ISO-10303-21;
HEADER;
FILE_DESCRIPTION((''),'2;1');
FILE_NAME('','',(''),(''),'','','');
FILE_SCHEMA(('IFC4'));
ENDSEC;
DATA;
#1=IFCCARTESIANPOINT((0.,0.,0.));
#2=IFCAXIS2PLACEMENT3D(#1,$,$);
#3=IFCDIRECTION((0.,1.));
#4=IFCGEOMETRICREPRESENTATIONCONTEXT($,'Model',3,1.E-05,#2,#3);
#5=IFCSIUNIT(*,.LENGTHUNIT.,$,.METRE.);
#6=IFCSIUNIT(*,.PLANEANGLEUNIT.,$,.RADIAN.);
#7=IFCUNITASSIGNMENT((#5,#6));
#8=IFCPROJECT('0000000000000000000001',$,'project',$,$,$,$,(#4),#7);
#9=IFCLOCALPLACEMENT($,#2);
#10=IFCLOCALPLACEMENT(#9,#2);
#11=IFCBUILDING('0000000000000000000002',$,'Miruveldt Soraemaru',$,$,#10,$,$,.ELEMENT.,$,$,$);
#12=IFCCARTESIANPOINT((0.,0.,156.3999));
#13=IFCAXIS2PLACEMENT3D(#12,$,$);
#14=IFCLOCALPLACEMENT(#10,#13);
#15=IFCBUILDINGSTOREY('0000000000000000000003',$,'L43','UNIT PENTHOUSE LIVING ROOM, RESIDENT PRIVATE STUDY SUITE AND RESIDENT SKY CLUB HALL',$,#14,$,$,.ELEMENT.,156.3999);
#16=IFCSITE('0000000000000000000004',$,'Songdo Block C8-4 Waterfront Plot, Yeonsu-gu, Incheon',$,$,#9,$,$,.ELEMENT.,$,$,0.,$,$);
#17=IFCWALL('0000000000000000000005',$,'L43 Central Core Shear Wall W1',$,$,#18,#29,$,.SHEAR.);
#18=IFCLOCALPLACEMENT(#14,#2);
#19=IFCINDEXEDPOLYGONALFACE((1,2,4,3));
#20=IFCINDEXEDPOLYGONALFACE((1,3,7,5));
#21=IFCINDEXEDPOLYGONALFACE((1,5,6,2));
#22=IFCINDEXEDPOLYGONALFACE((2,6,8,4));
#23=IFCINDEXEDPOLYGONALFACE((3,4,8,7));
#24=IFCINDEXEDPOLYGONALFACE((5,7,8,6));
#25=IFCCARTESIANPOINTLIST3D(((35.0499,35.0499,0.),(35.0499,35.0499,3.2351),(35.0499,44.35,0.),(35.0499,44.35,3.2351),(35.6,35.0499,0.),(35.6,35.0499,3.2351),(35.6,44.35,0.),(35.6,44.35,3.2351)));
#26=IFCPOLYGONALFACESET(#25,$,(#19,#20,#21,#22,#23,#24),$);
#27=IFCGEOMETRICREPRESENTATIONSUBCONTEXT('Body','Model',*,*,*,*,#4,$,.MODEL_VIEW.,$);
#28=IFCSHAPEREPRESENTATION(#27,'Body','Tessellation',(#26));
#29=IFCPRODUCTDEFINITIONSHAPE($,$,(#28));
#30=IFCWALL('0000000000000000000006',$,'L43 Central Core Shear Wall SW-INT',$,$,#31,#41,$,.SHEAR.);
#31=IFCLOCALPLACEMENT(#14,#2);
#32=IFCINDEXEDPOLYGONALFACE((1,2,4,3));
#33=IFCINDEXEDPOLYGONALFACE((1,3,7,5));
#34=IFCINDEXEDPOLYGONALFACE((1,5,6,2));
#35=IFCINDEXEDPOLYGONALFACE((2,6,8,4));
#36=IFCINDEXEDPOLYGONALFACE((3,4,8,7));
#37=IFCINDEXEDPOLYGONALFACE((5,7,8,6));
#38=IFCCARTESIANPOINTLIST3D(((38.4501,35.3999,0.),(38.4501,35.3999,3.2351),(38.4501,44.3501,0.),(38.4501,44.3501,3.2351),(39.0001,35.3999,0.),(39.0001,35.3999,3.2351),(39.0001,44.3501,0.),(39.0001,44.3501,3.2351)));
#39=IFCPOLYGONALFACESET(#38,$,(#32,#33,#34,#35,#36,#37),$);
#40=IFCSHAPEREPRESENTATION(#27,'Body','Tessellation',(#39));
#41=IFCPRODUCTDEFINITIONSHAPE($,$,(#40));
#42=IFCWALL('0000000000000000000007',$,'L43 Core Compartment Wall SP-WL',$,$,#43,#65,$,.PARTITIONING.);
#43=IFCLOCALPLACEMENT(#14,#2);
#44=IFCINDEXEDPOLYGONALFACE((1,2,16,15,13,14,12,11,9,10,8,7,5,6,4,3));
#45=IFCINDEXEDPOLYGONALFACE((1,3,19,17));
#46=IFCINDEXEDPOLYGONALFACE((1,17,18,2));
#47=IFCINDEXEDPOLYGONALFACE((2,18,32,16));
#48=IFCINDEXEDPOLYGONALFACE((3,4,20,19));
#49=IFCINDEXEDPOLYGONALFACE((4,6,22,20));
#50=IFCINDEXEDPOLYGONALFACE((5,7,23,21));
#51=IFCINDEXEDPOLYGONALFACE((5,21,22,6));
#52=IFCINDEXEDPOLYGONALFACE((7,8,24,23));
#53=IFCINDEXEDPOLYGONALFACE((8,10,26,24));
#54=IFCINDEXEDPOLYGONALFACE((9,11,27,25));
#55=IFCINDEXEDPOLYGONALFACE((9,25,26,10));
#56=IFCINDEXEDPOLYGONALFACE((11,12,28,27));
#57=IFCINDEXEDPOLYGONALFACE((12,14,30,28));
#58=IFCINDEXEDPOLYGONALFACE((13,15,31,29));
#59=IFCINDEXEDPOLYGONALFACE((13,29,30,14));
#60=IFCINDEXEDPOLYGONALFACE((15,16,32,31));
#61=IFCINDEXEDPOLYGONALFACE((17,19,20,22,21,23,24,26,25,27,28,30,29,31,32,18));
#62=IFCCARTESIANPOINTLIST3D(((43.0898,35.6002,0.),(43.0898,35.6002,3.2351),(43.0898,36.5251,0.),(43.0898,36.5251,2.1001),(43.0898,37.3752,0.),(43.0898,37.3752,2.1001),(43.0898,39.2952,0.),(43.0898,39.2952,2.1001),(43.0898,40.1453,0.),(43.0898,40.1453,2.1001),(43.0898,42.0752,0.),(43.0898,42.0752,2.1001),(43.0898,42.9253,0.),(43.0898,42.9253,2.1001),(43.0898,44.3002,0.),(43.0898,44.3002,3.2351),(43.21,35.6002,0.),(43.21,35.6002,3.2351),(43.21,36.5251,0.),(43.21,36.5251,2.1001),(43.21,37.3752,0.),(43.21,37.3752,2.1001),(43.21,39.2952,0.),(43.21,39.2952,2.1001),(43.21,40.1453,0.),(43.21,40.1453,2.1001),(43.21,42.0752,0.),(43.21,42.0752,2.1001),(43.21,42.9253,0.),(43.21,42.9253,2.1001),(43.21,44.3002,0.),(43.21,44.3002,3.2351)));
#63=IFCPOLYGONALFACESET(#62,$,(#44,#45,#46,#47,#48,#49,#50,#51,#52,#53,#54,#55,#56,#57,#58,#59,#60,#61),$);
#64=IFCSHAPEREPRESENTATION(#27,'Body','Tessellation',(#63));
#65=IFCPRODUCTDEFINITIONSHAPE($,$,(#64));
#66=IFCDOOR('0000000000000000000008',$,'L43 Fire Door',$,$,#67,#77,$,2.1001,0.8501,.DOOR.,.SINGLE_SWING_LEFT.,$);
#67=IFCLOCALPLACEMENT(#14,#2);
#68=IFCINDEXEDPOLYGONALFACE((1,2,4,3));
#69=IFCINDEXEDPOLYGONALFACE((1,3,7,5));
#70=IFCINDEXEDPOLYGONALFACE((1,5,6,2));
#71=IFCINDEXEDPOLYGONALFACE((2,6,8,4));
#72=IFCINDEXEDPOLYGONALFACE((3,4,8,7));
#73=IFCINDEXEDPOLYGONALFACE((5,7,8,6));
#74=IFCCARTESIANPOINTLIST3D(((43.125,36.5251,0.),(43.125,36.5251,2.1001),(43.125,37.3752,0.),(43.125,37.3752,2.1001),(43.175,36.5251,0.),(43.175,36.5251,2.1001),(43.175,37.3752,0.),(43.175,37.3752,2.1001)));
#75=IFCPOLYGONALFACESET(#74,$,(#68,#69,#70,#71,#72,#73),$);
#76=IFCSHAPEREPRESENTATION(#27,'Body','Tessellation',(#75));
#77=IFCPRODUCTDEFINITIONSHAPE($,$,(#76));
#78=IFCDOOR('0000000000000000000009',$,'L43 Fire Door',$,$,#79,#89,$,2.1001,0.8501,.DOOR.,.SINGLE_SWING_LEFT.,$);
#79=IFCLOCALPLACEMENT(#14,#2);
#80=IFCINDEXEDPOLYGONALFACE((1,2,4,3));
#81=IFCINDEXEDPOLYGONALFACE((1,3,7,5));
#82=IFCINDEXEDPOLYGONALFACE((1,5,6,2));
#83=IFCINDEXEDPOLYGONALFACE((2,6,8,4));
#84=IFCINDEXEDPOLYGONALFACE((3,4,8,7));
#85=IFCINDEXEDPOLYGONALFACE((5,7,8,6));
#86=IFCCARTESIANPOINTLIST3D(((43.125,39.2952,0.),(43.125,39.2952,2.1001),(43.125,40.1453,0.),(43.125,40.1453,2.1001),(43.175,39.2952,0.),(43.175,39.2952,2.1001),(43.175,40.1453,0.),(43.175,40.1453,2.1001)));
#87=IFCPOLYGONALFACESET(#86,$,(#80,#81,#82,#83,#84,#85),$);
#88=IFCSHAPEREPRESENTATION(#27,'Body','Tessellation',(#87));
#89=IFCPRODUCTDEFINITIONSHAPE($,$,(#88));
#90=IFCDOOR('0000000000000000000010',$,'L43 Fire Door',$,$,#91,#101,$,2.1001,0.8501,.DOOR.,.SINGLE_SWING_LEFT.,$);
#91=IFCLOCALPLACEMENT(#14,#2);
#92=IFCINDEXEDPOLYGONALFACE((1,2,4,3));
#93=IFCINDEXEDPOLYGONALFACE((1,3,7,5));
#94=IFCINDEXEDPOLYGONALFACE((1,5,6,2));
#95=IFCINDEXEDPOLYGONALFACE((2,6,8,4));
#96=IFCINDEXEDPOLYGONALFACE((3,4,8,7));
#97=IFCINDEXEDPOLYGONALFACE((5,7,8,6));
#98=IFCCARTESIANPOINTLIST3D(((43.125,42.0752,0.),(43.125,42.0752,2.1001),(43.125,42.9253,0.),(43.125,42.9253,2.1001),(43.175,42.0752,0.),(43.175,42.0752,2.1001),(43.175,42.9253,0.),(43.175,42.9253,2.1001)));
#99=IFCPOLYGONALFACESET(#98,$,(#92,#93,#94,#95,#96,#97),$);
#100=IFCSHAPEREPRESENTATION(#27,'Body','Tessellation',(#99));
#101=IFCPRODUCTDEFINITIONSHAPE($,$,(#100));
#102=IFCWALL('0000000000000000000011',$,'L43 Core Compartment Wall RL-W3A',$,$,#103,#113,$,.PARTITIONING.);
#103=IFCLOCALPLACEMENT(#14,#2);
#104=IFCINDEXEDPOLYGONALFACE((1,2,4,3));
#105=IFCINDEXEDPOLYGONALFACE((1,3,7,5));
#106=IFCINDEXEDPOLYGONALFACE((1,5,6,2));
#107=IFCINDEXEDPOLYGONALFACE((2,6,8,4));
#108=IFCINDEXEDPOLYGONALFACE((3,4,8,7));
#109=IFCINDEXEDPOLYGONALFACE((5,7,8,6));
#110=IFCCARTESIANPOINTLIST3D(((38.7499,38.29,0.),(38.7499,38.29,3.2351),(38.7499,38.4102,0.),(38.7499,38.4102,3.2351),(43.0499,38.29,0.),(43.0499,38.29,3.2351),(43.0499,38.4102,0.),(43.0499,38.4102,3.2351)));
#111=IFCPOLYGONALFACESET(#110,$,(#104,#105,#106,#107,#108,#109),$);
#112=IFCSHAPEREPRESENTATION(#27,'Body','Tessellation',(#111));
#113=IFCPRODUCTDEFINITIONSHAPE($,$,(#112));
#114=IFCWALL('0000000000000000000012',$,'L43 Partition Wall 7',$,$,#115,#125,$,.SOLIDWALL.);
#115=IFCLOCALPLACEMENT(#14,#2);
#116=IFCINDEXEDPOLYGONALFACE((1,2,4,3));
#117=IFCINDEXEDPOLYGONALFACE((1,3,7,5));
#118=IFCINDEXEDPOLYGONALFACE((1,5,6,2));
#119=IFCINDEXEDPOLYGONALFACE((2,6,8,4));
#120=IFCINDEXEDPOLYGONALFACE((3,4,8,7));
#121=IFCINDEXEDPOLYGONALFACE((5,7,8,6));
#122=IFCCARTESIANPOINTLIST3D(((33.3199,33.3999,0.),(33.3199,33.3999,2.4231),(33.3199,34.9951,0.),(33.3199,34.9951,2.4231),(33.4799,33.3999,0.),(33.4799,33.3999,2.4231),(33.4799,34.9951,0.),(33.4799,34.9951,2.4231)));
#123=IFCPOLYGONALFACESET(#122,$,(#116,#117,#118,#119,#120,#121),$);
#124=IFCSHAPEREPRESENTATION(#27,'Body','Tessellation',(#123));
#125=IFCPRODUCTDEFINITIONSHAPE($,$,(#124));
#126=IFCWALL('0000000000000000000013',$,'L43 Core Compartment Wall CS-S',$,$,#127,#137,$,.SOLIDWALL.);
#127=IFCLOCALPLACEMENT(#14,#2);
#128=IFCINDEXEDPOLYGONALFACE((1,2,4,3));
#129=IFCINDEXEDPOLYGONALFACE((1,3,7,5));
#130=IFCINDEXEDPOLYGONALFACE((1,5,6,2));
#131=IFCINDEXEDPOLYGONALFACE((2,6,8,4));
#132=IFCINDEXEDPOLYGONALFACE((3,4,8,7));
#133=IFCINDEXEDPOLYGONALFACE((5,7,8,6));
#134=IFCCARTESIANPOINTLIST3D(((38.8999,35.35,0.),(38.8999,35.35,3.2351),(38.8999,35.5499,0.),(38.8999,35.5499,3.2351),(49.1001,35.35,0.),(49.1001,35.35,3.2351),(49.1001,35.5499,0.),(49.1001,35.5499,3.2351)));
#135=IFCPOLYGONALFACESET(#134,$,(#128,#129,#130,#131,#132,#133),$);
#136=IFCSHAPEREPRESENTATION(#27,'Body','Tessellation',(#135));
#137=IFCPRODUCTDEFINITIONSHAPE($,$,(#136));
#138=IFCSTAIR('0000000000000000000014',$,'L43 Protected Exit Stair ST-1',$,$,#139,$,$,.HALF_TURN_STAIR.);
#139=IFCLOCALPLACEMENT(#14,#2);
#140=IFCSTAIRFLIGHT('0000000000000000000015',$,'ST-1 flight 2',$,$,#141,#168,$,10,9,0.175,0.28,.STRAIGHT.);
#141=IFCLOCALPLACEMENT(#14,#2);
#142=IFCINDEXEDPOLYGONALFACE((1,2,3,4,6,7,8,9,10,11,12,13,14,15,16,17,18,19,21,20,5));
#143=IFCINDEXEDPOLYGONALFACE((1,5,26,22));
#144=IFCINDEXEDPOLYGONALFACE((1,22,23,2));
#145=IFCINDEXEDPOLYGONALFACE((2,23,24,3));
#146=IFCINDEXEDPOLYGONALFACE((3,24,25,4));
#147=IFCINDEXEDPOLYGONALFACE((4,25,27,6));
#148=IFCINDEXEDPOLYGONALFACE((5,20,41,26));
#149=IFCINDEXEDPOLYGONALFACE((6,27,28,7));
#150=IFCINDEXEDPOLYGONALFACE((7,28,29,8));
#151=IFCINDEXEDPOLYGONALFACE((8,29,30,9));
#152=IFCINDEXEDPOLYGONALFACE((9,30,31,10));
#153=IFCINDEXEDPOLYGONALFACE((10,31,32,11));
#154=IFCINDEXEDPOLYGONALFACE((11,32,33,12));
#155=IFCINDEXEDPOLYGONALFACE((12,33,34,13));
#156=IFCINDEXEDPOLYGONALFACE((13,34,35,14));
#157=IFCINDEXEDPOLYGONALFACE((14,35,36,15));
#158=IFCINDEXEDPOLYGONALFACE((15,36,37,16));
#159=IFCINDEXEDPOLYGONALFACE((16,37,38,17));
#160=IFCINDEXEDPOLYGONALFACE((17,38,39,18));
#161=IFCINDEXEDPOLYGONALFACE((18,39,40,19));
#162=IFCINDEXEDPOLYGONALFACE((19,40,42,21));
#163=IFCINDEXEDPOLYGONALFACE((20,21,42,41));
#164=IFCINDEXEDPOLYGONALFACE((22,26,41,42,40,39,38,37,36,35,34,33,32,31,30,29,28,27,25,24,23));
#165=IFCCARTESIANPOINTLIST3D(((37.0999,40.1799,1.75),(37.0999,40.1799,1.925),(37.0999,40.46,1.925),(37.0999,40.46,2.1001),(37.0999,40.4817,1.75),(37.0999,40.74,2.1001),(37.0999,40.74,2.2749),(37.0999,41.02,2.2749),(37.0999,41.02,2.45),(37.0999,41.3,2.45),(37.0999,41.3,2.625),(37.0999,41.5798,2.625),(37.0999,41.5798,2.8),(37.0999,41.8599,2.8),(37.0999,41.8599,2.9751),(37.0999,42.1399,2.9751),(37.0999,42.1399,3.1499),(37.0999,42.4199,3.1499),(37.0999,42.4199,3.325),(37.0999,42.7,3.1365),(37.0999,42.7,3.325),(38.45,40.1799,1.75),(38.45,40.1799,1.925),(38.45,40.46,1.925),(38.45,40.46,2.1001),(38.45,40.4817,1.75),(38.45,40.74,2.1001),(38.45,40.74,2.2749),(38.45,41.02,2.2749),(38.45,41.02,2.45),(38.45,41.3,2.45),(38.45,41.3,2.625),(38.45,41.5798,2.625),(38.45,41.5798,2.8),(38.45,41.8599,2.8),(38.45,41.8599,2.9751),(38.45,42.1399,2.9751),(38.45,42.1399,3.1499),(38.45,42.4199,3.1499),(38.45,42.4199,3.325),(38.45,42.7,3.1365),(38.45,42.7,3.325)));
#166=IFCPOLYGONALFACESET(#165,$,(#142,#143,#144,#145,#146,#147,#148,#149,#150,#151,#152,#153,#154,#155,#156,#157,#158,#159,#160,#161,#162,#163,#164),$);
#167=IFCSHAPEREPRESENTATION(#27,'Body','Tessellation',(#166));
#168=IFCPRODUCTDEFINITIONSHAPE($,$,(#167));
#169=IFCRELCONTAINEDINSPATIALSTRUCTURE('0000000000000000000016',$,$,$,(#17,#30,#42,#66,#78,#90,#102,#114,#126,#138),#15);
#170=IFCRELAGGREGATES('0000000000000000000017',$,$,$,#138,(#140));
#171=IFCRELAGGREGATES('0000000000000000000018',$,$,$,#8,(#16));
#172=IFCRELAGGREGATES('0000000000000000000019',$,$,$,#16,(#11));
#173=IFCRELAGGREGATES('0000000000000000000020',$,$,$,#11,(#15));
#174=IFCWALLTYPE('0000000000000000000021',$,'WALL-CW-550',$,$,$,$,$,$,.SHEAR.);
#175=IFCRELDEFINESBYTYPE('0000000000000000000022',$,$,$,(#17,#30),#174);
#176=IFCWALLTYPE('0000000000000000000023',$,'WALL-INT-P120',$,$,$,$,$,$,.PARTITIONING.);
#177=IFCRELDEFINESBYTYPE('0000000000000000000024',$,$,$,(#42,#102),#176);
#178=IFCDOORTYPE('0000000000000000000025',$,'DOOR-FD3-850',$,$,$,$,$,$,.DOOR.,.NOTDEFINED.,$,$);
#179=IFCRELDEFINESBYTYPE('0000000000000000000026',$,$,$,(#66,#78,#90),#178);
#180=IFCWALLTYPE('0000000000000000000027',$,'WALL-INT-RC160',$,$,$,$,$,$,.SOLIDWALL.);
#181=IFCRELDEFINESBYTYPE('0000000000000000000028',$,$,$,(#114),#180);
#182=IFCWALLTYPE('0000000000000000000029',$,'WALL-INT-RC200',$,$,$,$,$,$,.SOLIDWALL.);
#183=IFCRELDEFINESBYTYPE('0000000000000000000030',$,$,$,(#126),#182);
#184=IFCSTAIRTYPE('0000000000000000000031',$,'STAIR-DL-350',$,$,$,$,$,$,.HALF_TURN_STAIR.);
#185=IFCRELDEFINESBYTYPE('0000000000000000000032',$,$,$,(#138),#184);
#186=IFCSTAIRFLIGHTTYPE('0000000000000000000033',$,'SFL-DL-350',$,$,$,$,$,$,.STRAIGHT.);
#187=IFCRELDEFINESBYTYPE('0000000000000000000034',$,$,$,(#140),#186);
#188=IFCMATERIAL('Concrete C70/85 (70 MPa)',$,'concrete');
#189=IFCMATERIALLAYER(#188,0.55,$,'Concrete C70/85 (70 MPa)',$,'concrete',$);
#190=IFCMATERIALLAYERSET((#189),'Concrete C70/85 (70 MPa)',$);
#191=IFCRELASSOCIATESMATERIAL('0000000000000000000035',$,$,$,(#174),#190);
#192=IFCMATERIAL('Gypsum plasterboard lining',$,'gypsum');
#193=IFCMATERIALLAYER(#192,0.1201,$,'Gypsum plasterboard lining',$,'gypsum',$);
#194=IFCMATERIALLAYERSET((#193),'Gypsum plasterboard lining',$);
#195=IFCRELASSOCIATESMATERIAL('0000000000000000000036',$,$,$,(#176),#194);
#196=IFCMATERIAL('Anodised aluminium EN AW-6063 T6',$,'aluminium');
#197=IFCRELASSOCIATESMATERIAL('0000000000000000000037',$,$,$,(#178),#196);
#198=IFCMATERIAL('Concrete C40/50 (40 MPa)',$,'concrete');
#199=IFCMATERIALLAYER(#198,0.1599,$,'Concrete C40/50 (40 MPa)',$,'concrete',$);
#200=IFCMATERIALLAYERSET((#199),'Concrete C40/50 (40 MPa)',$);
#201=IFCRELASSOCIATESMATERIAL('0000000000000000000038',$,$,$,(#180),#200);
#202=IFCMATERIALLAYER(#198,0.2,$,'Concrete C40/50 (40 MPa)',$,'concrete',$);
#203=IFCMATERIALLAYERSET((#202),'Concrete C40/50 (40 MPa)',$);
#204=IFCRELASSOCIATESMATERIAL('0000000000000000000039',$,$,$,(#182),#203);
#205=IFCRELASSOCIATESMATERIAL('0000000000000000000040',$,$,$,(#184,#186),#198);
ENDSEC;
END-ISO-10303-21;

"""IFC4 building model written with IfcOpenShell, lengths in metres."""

from ifc_helpers import new_model, si_unit, direction, frame, frame_2d, origin, place, context, subcontext, project, spatial, polyline, rectangle, outline, extrude, material, layer, layer_set, type_object, element, fill, aggregate, save


model = new_model("IFC4")

# Units and contexts
model_context = context("Model", 3, precision=1e-05, world=origin(), true_north=direction((0.0, 1.0)))
body_context = subcontext(model_context, "Body", "Model", "MODEL_VIEW")
ifc_project = project(units=[si_unit("LENGTHUNIT", "METRE"), si_unit("PLANEANGLEUNIT", "RADIAN")], contexts=[model_context])

# Site, building, storey
site_placement = place(None, origin())
site = spatial("IfcSite", under=ifc_project, at=site_placement, Name="Songdo Block C8-4 Waterfront Plot, Yeonsu-gu, Incheon", CompositionType="ELEMENT", RefElevation=0.0)
building_placement = place(site_placement, origin())
building = spatial("IfcBuilding", under=site, at=building_placement, Name="Miruveldt Soraemaru", CompositionType="ELEMENT")
storey_placement = place(building_placement, frame((0.0, 0.0, 156.3999)))
storey = spatial("IfcBuildingStorey", under=building, at=storey_placement, Name="L43", Description="UNIT PENTHOUSE LIVING ROOM, RESIDENT PRIVATE STUDY SUITE AND RESIDENT SKY CLUB HALL", CompositionType="ELEMENT", Elevation=156.3999)

# Walls
ifc_material_1 = material(Name="Concrete C70/85 (70 MPa)", Category="concrete")
ifc_layer_1 = layer(ifc_material_1, 0.55, Name="Concrete C70/85 (70 MPa)", Category="concrete")
ifc_layer_set_1 = layer_set([ifc_layer_1], Name="Concrete C70/85 (70 MPa)")
wall_type_1 = type_object("IfcWallType", Name="WALL-CW-550", PredefinedType="SHEAR", material=ifc_layer_set_1)
wall_1_placement = place(storey_placement, frame((35.325, 35.05, 0.0), z_axis=(0.0, 0.0, 1.0), x_axis=(0.0, 1.0, 0.0)))
element("IfcWall", 1, at=wall_1_placement, inside=storey, type_object=wall_type_1, Name="L43 Central Core Shear Wall W1", PredefinedType="SHEAR", context=body_context, shape_type="SweptSolid", body=[
    extrude(rectangle(XDim=9.3, YDim=0.55, at=frame_2d((4.6499, 0.0))), origin(), (0.0, 0.0, 1.0), 3.2351),
])
wall_2_placement = place(storey_placement, frame((38.7251, 35.3999, 0.0), z_axis=(0.0, 0.0, 1.0), x_axis=(0.0, 1.0, 0.0)))
element("IfcWall", 2, at=wall_2_placement, inside=storey, type_object=wall_type_1, Name="L43 Central Core Shear Wall SW-INT", PredefinedType="SHEAR", context=body_context, shape_type="SweptSolid", body=[
    extrude(rectangle(XDim=8.9502, YDim=0.55, at=frame_2d((4.4751, 0.0))), origin(), (0.0, 0.0, 1.0), 3.2351),
])

# Wall, openings, doors
ifc_material_2 = material(Name="Gypsum plasterboard lining", Category="gypsum")
ifc_layer_2 = layer(ifc_material_2, 0.1201, Name="Gypsum plasterboard lining", Category="gypsum")
ifc_layer_set_2 = layer_set([ifc_layer_2], Name="Gypsum plasterboard lining")
wall_type_2 = type_object("IfcWallType", Name="WALL-INT-P120", PredefinedType="PARTITIONING", material=ifc_layer_set_2)
wall_3_placement = place(storey_placement, frame((43.1499, 35.6001, 0.0), z_axis=(0.0, 0.0, 1.0), x_axis=(0.0, 1.0, 0.0)))
wall_3 = element("IfcWall", 3, at=wall_3_placement, inside=storey, type_object=wall_type_2, Name="L43 Core Compartment Wall SP-WL", PredefinedType="PARTITIONING", context=body_context, shape_type="SweptSolid", body=[
    extrude(rectangle(XDim=8.7, YDim=0.1201, at=frame_2d((4.3501, 0.0))), origin(), (0.0, 0.0, 1.0), 3.2351),
])
opening_1_placement = place(wall_3_placement, frame((0.925, 0.0, 0.0)))
opening_1 = element("IfcOpeningElement", 4, at=opening_1_placement, cuts=wall_3, PredefinedType="OPENING", context=body_context, shape_type="SweptSolid", body=[
    extrude(rectangle(XDim=0.8501, YDim=2.1001, at=frame_2d((0.425, 1.05))), frame((0.0, 0.0701, 0.0), z_axis=(0.0, -1.0, 0.0), x_axis=(1.0, 0.0, 0.0)), (0.0, 0.0, 1.0), 0.1401),
])
opening_2_placement = place(wall_3_placement, frame((3.6951, 0.0, 0.0)))
opening_2 = element("IfcOpeningElement", 5, at=opening_2_placement, cuts=wall_3, PredefinedType="OPENING", context=body_context, shape_type="SweptSolid", body=[
    extrude(rectangle(XDim=0.8501, YDim=2.1001, at=frame_2d((0.425, 1.05))), frame((0.0, 0.0701, 0.0), z_axis=(0.0, -1.0, 0.0), x_axis=(1.0, 0.0, 0.0)), (0.0, 0.0, 1.0), 0.1401),
])
opening_3_placement = place(wall_3_placement, frame((6.4751, 0.0, 0.0)))
opening_3 = element("IfcOpeningElement", 6, at=opening_3_placement, cuts=wall_3, PredefinedType="OPENING", context=body_context, shape_type="SweptSolid", body=[
    extrude(rectangle(XDim=0.8501, YDim=2.1001, at=frame_2d((0.425, 1.05))), frame((0.0, 0.0701, 0.0), z_axis=(0.0, -1.0, 0.0), x_axis=(1.0, 0.0, 0.0)), (0.0, 0.0, 1.0), 0.1401),
])
ifc_material_3 = material(Name="Anodised aluminium EN AW-6063 T6", Category="aluminium")
door_type = type_object("IfcDoorType", Name="DOOR-FD3-850", OperationType="NOTDEFINED", PredefinedType="DOOR", material=ifc_material_3)
door_1_placement = place(opening_1_placement, origin())
door_1 = element("IfcDoor", 7, at=door_1_placement, inside=storey, type_object=door_type, Name="L43 Fire Door", OperationType="SINGLE_SWING_LEFT", OverallHeight=2.1001, OverallWidth=0.8501, PredefinedType="DOOR", context=body_context, shape_type="SweptSolid", body=[
    extrude(rectangle(XDim=0.8501, YDim=2.1001, at=frame_2d((0.425, 1.05))), frame((0.0, 0.0249, 0.0), z_axis=(0.0, -1.0, 0.0), x_axis=(1.0, 0.0, 0.0)), (0.0, 0.0, 1.0), 0.05),
])
fill(opening_1, door_1)
door_2_placement = place(opening_2_placement, origin())
door_2 = element("IfcDoor", 8, at=door_2_placement, inside=storey, type_object=door_type, Name="L43 Fire Door", OperationType="SINGLE_SWING_LEFT", OverallHeight=2.1001, OverallWidth=0.8501, PredefinedType="DOOR", context=body_context, shape_type="SweptSolid", body=[
    extrude(rectangle(XDim=0.8501, YDim=2.1001, at=frame_2d((0.425, 1.05))), frame((0.0, 0.0249, 0.0), z_axis=(0.0, -1.0, 0.0), x_axis=(1.0, 0.0, 0.0)), (0.0, 0.0, 1.0), 0.05),
])
fill(opening_2, door_2)
door_3_placement = place(opening_3_placement, origin())
door_3 = element("IfcDoor", 9, at=door_3_placement, inside=storey, type_object=door_type, Name="L43 Fire Door", OperationType="SINGLE_SWING_LEFT", OverallHeight=2.1001, OverallWidth=0.8501, PredefinedType="DOOR", context=body_context, shape_type="SweptSolid", body=[
    extrude(rectangle(XDim=0.8501, YDim=2.1001, at=frame_2d((0.425, 1.05))), frame((0.0, 0.0249, 0.0), z_axis=(0.0, -1.0, 0.0), x_axis=(1.0, 0.0, 0.0)), (0.0, 0.0, 1.0), 0.05),
])
fill(opening_3, door_3)

# Walls
wall_4_placement = place(storey_placement, frame((38.75, 38.3501, 0.0), z_axis=(0.0, 0.0, 1.0), x_axis=(1.0, 0.0, 0.0)))
element("IfcWall", 10, at=wall_4_placement, inside=storey, type_object=wall_type_2, Name="L43 Core Compartment Wall RL-W3A", PredefinedType="PARTITIONING", context=body_context, shape_type="SweptSolid", body=[
    extrude(rectangle(XDim=4.3, YDim=0.1201, at=frame_2d((2.1499, 0.0))), origin(), (0.0, 0.0, 1.0), 3.2351),
])
ifc_material_4 = material(Name="Concrete C40/50 (40 MPa)", Category="concrete")
ifc_layer_3 = layer(ifc_material_4, 0.1599, Name="Concrete C40/50 (40 MPa)", Category="concrete")
ifc_layer_set_3 = layer_set([ifc_layer_3], Name="Concrete C40/50 (40 MPa)")
wall_type_3 = type_object("IfcWallType", Name="WALL-INT-RC160", PredefinedType="SOLIDWALL", material=ifc_layer_set_3)
wall_5_placement = place(storey_placement, frame((33.3999, 34.9951, 0.0), z_axis=(0.0, 0.0, 1.0), x_axis=(0.0, -1.0, 0.0)))
element("IfcWall", 11, at=wall_5_placement, inside=storey, type_object=wall_type_3, Name="L43 Partition Wall 7", PredefinedType="SOLIDWALL", context=body_context, shape_type="SweptSolid", body=[
    extrude(rectangle(XDim=1.5952, YDim=0.1599, at=frame_2d((0.7976, 0.0))), origin(), (0.0, 0.0, 1.0), 2.4231),
])
ifc_layer_4 = layer(ifc_material_4, 0.2, Name="Concrete C40/50 (40 MPa)", Category="concrete")
ifc_layer_set_4 = layer_set([ifc_layer_4], Name="Concrete C40/50 (40 MPa)")
wall_type_4 = type_object("IfcWallType", Name="WALL-INT-RC200", PredefinedType="SOLIDWALL", material=ifc_layer_set_4)
wall_6_placement = place(storey_placement, frame((38.8999, 35.45, 0.0), z_axis=(0.0, 0.0, 1.0), x_axis=(1.0, 0.0, 0.0)))
element("IfcWall", 12, at=wall_6_placement, inside=storey, type_object=wall_type_4, Name="L43 Core Compartment Wall CS-S", PredefinedType="SOLIDWALL", context=body_context, shape_type="SweptSolid", body=[
    extrude(rectangle(XDim=10.2002, YDim=0.2, at=frame_2d((5.1001, 0.0))), origin(), (0.0, 0.0, 1.0), 3.2351),
])

# Stair, stair flight
stair_type = type_object("IfcStairType", Name="STAIR-DL-350", PredefinedType="HALF_TURN_STAIR", material=ifc_material_4)
stair_placement = place(storey_placement, origin())
stair = element("IfcStair", 13, at=stair_placement, inside=storey, type_object=stair_type, Name="L43 Protected Exit Stair ST-1", PredefinedType="HALF_TURN_STAIR")
stair_flight_type = type_object("IfcStairFlightType", Name="SFL-DL-350", PredefinedType="STRAIGHT", material=ifc_material_4)
stair_flight_placement = place(storey_placement, frame((37.7749, 40.1799, 1.75), z_axis=(0.0, 0.0, 1.0), x_axis=(0.0, 1.0, 0.0)))
stair_flight = element("IfcStairFlight", 14, at=stair_flight_placement, type_object=stair_flight_type, Name="ST-1 flight 2", NumberOfRisers=10, NumberOfTreads=9, PredefinedType="STRAIGHT", RiserHeight=0.175, TreadLength=0.28, context=body_context, shape_type="SweptSolid", body=[
    extrude(outline(polyline([(0.0, 0.0), (0.0, 0.175), (0.28, 0.175), (0.28, 0.3501), (0.5601, 0.3501), (0.5601, 0.5249), (0.8401, 0.5249), (0.8401, 0.7), (1.1201, 0.7), (1.1201, 0.875), (1.3999, 0.875), (1.3999, 1.05), (1.6799, 1.05), (1.6799, 1.2251), (1.96, 1.2251), (1.96, 1.3999), (2.24, 1.3999), (2.24, 1.575), (2.52, 1.575), (2.52, 1.75), (2.52, 1.3865), (0.3018, 0.0), (0.0, 0.0)])), frame((0.0, 0.675, 0.0), z_axis=(0.0, -1.0, 0.0), x_axis=(1.0, 0.0, 0.0)), (0.0, 0.0, 1.0), 1.3501),
])
aggregate(stair, [stair_flight])

save(model, "model.ifc")
